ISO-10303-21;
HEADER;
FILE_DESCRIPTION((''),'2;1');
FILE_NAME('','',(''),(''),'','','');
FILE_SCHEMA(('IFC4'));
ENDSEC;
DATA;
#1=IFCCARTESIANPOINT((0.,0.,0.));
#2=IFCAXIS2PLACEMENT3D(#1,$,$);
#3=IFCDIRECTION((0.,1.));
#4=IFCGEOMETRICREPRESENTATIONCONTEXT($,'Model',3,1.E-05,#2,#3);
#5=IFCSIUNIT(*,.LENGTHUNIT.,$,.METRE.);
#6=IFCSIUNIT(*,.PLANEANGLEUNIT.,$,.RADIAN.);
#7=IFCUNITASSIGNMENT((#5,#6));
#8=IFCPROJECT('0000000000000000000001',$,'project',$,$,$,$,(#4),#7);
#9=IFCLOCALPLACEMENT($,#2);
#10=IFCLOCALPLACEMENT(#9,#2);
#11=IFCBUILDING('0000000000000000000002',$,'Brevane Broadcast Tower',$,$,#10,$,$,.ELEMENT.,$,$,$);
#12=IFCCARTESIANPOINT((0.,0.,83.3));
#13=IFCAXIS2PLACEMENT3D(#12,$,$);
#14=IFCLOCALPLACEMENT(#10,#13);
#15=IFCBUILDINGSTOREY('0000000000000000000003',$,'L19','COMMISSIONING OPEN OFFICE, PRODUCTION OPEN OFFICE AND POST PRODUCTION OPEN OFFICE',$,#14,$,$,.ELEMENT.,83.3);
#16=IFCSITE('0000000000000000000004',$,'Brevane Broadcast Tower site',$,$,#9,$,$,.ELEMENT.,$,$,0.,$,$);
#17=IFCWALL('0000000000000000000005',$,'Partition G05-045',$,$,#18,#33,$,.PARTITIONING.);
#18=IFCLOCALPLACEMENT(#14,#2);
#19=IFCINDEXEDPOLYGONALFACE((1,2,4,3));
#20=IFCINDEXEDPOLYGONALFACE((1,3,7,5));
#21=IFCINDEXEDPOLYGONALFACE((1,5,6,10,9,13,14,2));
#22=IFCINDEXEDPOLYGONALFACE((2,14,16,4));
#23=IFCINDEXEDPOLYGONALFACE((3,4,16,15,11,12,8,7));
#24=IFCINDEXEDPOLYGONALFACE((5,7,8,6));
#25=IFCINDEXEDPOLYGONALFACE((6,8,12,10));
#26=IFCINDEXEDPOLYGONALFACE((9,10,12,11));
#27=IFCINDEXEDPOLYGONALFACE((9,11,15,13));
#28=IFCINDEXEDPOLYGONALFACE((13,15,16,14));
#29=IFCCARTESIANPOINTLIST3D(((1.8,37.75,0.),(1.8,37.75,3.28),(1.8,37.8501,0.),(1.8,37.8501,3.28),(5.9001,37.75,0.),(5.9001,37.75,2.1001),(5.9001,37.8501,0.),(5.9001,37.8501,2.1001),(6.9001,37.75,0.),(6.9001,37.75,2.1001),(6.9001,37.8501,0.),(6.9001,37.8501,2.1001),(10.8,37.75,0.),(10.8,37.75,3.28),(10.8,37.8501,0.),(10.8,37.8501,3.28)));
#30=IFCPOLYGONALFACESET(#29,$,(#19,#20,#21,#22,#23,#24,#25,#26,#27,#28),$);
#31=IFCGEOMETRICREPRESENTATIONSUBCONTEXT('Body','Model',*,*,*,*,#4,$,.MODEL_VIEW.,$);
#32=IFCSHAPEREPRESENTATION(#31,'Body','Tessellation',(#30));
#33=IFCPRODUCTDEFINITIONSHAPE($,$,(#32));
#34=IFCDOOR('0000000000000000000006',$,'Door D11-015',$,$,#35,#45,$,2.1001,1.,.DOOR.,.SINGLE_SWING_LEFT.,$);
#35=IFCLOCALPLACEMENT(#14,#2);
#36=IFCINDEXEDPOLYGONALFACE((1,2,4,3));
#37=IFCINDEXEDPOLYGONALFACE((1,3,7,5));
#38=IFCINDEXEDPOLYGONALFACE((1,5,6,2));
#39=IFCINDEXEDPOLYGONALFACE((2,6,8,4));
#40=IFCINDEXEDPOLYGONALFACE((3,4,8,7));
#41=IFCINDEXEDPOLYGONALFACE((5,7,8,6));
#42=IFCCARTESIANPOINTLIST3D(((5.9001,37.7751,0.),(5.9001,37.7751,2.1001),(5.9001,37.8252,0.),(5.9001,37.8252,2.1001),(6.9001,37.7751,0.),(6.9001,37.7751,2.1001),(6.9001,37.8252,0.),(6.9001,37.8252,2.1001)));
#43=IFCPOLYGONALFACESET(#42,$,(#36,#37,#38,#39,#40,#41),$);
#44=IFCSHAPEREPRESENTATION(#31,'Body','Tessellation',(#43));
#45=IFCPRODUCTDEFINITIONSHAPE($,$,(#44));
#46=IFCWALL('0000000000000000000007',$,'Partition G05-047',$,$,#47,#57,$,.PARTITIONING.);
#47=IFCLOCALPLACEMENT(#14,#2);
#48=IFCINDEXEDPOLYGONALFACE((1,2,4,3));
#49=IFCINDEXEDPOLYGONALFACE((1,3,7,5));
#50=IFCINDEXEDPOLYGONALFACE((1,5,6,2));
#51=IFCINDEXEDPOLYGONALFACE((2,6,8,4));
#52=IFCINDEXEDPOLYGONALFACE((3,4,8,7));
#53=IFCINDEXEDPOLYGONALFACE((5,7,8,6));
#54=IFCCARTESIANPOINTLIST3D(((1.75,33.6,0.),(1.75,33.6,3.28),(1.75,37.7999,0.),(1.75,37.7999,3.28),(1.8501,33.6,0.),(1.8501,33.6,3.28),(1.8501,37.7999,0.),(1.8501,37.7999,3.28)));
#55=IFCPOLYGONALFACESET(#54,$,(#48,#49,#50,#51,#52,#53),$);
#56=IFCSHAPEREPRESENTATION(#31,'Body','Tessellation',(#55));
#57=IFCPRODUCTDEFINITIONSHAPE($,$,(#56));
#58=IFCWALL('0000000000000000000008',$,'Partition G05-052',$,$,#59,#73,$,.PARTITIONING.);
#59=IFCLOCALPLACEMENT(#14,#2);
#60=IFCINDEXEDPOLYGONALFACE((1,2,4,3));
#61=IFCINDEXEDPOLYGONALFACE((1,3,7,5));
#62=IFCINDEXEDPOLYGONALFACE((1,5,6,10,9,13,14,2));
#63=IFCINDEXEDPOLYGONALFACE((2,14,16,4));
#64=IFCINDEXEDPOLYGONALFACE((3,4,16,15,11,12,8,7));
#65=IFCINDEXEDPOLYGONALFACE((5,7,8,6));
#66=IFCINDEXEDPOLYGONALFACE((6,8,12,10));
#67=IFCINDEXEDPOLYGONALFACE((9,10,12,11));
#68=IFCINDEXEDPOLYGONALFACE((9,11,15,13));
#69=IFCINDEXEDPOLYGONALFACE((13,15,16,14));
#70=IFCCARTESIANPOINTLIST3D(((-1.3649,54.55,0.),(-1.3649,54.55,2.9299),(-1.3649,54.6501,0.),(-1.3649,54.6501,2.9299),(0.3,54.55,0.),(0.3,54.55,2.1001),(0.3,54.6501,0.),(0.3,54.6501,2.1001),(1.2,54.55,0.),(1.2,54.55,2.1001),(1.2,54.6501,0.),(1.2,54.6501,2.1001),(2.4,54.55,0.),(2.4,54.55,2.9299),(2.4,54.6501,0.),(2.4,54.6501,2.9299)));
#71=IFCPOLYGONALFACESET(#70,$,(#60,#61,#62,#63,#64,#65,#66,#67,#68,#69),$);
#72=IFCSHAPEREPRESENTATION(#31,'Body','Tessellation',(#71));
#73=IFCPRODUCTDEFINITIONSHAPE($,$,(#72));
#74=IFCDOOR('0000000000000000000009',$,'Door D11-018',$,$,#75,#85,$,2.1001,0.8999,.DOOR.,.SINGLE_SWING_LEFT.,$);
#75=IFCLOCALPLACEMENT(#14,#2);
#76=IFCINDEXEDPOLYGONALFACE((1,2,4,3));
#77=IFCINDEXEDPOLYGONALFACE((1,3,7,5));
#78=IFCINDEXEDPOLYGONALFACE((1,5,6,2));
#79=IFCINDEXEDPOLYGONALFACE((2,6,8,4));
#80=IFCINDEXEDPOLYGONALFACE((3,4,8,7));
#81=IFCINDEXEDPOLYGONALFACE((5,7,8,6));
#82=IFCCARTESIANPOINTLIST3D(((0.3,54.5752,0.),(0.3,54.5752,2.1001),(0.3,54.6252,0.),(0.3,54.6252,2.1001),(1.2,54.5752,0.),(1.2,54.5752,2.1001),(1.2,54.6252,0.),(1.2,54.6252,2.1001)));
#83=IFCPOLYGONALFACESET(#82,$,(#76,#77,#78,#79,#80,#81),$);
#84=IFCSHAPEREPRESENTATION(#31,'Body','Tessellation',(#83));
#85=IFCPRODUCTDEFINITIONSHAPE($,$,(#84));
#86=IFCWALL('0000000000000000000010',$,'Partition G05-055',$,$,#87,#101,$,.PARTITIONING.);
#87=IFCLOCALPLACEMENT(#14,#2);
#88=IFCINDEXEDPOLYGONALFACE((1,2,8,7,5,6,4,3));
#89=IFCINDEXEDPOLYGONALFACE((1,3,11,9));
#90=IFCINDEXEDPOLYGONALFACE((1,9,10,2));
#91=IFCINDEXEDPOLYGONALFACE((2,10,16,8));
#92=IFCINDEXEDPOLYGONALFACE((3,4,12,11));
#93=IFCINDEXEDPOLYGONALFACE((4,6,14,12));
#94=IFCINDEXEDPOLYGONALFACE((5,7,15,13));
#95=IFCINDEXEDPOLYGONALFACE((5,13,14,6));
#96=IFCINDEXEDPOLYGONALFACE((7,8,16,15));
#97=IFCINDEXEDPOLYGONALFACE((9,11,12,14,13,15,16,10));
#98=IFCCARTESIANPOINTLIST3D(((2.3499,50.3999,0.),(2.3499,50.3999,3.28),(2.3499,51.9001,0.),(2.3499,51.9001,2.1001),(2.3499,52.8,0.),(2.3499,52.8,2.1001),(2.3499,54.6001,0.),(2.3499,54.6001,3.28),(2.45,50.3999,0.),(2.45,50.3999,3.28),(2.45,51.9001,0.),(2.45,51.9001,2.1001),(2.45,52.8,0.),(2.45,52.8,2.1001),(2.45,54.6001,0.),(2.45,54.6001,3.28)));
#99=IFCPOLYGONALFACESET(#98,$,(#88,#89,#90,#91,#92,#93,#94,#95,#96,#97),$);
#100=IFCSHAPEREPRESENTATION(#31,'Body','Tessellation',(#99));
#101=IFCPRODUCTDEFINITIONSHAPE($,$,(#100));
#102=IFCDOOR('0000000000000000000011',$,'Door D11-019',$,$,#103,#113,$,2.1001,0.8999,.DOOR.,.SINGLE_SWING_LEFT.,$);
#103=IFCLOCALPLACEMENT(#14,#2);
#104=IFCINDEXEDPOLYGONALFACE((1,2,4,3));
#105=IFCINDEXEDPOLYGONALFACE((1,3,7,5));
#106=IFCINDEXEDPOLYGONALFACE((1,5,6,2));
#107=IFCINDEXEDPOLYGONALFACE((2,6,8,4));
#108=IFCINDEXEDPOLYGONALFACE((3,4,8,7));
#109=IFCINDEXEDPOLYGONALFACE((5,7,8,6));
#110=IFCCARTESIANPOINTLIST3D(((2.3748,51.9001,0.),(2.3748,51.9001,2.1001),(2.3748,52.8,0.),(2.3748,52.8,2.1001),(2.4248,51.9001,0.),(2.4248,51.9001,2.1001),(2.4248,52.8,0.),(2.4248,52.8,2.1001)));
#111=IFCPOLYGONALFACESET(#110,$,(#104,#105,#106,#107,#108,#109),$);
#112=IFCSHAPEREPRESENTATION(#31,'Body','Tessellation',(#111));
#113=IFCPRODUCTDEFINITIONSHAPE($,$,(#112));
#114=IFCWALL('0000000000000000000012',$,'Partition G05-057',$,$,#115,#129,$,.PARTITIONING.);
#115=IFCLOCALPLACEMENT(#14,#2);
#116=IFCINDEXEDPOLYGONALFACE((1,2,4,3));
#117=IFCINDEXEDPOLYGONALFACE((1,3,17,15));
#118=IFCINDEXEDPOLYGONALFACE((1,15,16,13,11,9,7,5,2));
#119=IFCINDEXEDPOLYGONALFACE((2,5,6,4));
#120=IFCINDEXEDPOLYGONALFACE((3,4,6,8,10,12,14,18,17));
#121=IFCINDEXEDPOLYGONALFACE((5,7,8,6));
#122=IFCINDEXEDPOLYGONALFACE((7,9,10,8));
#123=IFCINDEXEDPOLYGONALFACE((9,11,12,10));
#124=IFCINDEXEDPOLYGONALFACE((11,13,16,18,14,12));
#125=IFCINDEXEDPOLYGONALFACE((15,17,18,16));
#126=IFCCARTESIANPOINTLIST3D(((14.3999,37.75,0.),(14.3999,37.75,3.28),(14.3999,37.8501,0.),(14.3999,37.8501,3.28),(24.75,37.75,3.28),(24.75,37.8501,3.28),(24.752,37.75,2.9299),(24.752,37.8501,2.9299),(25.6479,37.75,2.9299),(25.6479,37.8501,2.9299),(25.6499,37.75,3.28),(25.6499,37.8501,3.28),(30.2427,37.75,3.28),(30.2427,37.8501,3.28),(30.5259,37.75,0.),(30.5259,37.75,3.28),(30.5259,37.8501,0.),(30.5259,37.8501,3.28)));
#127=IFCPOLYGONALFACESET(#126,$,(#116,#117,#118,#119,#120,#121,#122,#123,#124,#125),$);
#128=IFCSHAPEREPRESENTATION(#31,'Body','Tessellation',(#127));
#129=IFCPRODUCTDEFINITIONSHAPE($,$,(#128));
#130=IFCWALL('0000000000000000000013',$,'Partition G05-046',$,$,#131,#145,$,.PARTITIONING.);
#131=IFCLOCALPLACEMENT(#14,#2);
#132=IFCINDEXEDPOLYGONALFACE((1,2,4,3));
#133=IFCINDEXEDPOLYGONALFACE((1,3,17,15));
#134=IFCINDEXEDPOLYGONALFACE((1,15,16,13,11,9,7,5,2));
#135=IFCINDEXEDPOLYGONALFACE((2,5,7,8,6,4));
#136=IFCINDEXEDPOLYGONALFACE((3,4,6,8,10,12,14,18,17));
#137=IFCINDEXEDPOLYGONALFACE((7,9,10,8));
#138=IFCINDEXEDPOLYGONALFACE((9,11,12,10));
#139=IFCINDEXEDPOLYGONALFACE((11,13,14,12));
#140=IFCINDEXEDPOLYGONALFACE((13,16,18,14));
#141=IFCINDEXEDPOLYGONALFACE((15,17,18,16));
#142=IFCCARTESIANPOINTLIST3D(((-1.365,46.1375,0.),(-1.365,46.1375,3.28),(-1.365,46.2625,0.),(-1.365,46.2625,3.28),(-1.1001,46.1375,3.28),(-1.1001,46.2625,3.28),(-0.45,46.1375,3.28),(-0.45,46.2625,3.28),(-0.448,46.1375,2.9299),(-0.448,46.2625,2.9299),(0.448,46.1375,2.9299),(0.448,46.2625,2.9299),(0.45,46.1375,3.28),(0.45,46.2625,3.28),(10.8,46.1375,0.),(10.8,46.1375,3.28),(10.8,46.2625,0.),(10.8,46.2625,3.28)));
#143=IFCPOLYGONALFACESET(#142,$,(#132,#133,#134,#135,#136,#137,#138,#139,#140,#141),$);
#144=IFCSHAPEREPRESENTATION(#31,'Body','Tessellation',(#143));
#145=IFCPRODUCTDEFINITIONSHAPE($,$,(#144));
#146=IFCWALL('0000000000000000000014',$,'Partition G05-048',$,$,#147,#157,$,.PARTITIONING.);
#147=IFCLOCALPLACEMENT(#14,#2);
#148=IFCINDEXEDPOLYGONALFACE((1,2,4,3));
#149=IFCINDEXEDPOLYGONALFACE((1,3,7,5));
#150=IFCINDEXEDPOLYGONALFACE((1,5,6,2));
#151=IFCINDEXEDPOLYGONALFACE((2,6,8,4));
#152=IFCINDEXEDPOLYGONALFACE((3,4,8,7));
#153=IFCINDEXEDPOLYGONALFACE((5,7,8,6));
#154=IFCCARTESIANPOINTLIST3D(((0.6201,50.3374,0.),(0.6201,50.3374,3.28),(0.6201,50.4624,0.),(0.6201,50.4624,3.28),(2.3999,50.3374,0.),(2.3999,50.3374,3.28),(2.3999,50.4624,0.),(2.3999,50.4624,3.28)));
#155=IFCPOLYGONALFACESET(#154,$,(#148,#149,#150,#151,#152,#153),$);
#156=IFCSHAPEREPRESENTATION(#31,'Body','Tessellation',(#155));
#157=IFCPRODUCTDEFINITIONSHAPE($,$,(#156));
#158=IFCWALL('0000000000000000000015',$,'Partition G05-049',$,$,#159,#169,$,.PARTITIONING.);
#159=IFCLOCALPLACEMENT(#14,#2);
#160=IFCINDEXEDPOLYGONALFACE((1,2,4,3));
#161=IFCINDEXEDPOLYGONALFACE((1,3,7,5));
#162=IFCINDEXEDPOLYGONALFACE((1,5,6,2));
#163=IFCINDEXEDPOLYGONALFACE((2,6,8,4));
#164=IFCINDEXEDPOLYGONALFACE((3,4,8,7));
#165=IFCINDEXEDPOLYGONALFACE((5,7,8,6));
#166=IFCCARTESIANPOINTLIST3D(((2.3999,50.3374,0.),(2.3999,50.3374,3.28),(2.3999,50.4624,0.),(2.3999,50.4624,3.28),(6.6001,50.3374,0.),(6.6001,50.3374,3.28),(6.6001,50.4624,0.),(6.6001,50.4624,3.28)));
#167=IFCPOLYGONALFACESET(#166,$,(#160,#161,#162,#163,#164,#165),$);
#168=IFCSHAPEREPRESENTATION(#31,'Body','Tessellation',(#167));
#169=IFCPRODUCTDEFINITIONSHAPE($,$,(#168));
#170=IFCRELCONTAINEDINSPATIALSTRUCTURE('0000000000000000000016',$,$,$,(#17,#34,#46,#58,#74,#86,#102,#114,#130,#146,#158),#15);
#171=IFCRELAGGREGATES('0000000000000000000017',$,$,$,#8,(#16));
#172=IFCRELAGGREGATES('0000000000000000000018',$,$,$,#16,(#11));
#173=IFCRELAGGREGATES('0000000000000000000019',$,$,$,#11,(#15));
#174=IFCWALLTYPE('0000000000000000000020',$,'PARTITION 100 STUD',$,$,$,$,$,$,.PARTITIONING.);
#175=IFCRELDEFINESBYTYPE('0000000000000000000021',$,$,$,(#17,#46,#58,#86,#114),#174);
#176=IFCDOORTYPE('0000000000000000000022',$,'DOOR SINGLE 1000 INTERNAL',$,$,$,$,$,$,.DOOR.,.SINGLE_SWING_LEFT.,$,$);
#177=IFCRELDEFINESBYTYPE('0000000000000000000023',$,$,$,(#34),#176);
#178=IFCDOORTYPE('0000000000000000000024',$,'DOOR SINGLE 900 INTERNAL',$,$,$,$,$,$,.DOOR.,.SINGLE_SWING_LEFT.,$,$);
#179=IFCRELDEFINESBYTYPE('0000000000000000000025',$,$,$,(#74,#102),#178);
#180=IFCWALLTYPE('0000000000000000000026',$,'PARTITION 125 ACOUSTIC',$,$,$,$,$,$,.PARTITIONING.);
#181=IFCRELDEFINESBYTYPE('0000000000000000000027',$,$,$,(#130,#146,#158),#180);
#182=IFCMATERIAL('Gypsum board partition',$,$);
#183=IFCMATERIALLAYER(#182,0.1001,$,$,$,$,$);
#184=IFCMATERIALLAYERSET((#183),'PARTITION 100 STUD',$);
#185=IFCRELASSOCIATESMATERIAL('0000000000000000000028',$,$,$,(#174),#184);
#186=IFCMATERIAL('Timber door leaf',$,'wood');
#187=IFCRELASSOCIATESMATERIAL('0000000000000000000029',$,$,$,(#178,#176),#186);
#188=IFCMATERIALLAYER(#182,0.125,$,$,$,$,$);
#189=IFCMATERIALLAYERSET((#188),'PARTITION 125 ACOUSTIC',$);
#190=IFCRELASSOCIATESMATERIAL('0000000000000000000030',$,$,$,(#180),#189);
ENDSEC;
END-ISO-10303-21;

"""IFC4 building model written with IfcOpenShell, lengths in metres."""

from ifc_helpers import new_model, si_unit, direction, frame, frame_2d, origin, place, context, subcontext, project, spatial, polyline, rectangle, outline, extrude, material, layer, layer_set, type_object, element, fill, save


model = new_model("IFC4")

# Units and contexts
model_context = context("Model", 3, precision=1e-05, world=origin(), true_north=direction((0.0, 1.0)))
body_context = subcontext(model_context, "Body", "Model", "MODEL_VIEW")
ifc_project = project(units=[si_unit("LENGTHUNIT", "METRE"), si_unit("PLANEANGLEUNIT", "RADIAN")], contexts=[model_context])

# Site, building, storey
site_placement = place(None, origin())
site = spatial("IfcSite", under=ifc_project, at=site_placement, Name="Brevane Broadcast Tower site", CompositionType="ELEMENT", RefElevation=0.0)
building_placement = place(site_placement, origin())
building = spatial("IfcBuilding", under=site, at=building_placement, Name="Brevane Broadcast Tower", CompositionType="ELEMENT")
storey_placement = place(building_placement, frame((0.0, 0.0, 83.3)))
storey = spatial("IfcBuildingStorey", under=building, at=storey_placement, Name="L19", Description="COMMISSIONING OPEN OFFICE, PRODUCTION OPEN OFFICE AND POST PRODUCTION OPEN OFFICE", CompositionType="ELEMENT", Elevation=83.3)

# Wall, opening, door
ifc_material_1 = material(Name="Gypsum board partition")
ifc_layer_1 = layer(ifc_material_1, 0.1001)
ifc_layer_set_1 = layer_set([ifc_layer_1], Name="PARTITION 100 STUD")
wall_type_1 = type_object("IfcWallType", Name="PARTITION 100 STUD", PredefinedType="PARTITIONING", material=ifc_layer_set_1)
ifc_material_2 = material(Name="Timber door leaf", Category="wood")
door_type_1 = type_object("IfcDoorType", Name="DOOR SINGLE 900 INTERNAL", OperationType="SINGLE_SWING_LEFT", PredefinedType="DOOR", material=ifc_material_2)
wall_1_placement = place(storey_placement, frame((10.8, 37.8, 0.0), z_axis=(0.0, 0.0, 1.0), x_axis=(-1.0, 0.0, 0.0)))
wall_1 = element("IfcWall", 1, at=wall_1_placement, inside=storey, type_object=wall_type_1, Name="Partition G05-045", PredefinedType="PARTITIONING", context=body_context, shape_type="SweptSolid", body=[
    extrude(rectangle(XDim=9.0, YDim=0.1001, at=frame_2d((4.5, 0.0))), origin(), (0.0, 0.0, 1.0), 3.28),
])
opening_1_placement = place(wall_1_placement, frame((3.8999, 0.0, 0.0)))
opening_1 = element("IfcOpeningElement", 2, at=opening_1_placement, cuts=wall_1, PredefinedType="OPENING", context=body_context, shape_type="SweptSolid", body=[
    extrude(rectangle(XDim=1.0, YDim=2.1001, at=frame_2d((0.5, 1.05))), frame((0.0, 0.0601, 0.0), z_axis=(0.0, -1.0, 0.0), x_axis=(1.0, 0.0, 0.0)), (0.0, 0.0, 1.0), 0.1201),
])
door_type_2 = type_object("IfcDoorType", Name="DOOR SINGLE 1000 INTERNAL", OperationType="SINGLE_SWING_LEFT", PredefinedType="DOOR", material=ifc_material_2)
door_1_placement = place(opening_1_placement, origin())
door_1 = element("IfcDoor", 3, at=door_1_placement, inside=storey, type_object=door_type_2, Name="Door D11-015", OperationType="SINGLE_SWING_LEFT", OverallHeight=2.1001, OverallWidth=1.0, PredefinedType="DOOR", context=body_context, shape_type="SweptSolid", body=[
    extrude(rectangle(XDim=1.0, YDim=2.1001, at=frame_2d((0.5, 1.05))), frame((0.0, 0.0249, 0.0), z_axis=(0.0, -1.0, 0.0), x_axis=(1.0, 0.0, 0.0)), (0.0, 0.0, 1.0), 0.05),
])
fill(opening_1, door_1)

# Wall
wall_2_placement = place(storey_placement, frame((1.8, 37.8, 0.0), z_axis=(0.0, 0.0, 1.0), x_axis=(0.0, -1.0, 0.0)))
element("IfcWall", 4, at=wall_2_placement, inside=storey, type_object=wall_type_1, Name="Partition G05-047", PredefinedType="PARTITIONING", context=body_context, shape_type="SweptSolid", body=[
    extrude(rectangle(XDim=4.2, YDim=0.1001, at=frame_2d((2.1001, 0.0))), origin(), (0.0, 0.0, 1.0), 3.28),
])

# Walls, openings, doors
wall_3_placement = place(storey_placement, frame((2.3999, 54.6001, 0.0), z_axis=(0.0, 0.0, 1.0), x_axis=(-1.0, 0.0, 0.0)))
wall_3 = element("IfcWall", 5, at=wall_3_placement, inside=storey, type_object=wall_type_1, Name="Partition G05-052", PredefinedType="PARTITIONING", context=body_context, shape_type="SweptSolid", body=[
    extrude(rectangle(XDim=3.7649, YDim=0.1001, at=frame_2d((1.8823, 0.0))), origin(), (0.0, 0.0, 1.0), 2.9299),
])
opening_2_placement = place(wall_3_placement, frame((1.2, 0.0, 0.0)))
opening_2 = element("IfcOpeningElement", 6, at=opening_2_placement, cuts=wall_3, PredefinedType="OPENING", context=body_context, shape_type="SweptSolid", body=[
    extrude(rectangle(XDim=0.8999, YDim=2.1001, at=frame_2d((0.45, 1.05))), frame((0.0, 0.0601, 0.0), z_axis=(0.0, -1.0, 0.0), x_axis=(1.0, 0.0, 0.0)), (0.0, 0.0, 1.0), 0.1201),
])
door_2_placement = place(opening_2_placement, origin())
door_2 = element("IfcDoor", 7, at=door_2_placement, inside=storey, type_object=door_type_1, Name="Door D11-018", OperationType="SINGLE_SWING_LEFT", OverallHeight=2.1001, OverallWidth=0.8999, PredefinedType="DOOR", context=body_context, shape_type="SweptSolid", body=[
    extrude(rectangle(XDim=0.8999, YDim=2.1001, at=frame_2d((0.45, 1.05))), frame((0.0, 0.0249, 0.0), z_axis=(0.0, -1.0, 0.0), x_axis=(1.0, 0.0, 0.0)), (0.0, 0.0, 1.0), 0.05),
])
fill(opening_2, door_2)
wall_4_placement = place(storey_placement, frame((2.3999, 54.6001, 0.0), z_axis=(0.0, 0.0, 1.0), x_axis=(0.0, -1.0, 0.0)))
wall_4 = element("IfcWall", 8, at=wall_4_placement, inside=storey, type_object=wall_type_1, Name="Partition G05-055", PredefinedType="PARTITIONING", context=body_context, shape_type="SweptSolid", body=[
    extrude(rectangle(XDim=4.2002, YDim=0.1001, at=frame_2d((2.1001, 0.0))), origin(), (0.0, 0.0, 1.0), 3.28),
])
opening_3_placement = place(wall_4_placement, frame((1.8, 0.0, 0.0)))
opening_3 = element("IfcOpeningElement", 9, at=opening_3_placement, cuts=wall_4, PredefinedType="OPENING", context=body_context, shape_type="SweptSolid", body=[
    extrude(rectangle(XDim=0.8999, YDim=2.1001, at=frame_2d((0.45, 1.05))), frame((0.0, 0.0601, 0.0), z_axis=(0.0, -1.0, 0.0), x_axis=(1.0, 0.0, 0.0)), (0.0, 0.0, 1.0), 0.1201),
])
door_3_placement = place(opening_3_placement, origin())
door_3 = element("IfcDoor", 10, at=door_3_placement, inside=storey, type_object=door_type_1, Name="Door D11-019", OperationType="SINGLE_SWING_LEFT", OverallHeight=2.1001, OverallWidth=0.8999, PredefinedType="DOOR", context=body_context, shape_type="SweptSolid", body=[
    extrude(rectangle(XDim=0.8999, YDim=2.1001, at=frame_2d((0.45, 1.05))), frame((0.0, 0.0249, 0.0), z_axis=(0.0, -1.0, 0.0), x_axis=(1.0, 0.0, 0.0)), (0.0, 0.0, 1.0), 0.05),
])
fill(opening_3, door_3)

# Walls
wall_5_placement = place(storey_placement, frame((14.3999, 37.8, 0.0), z_axis=(0.0, 0.0, 1.0), x_axis=(1.0, 0.0, 0.0)))
element("IfcWall", 11, at=wall_5_placement, inside=storey, type_object=wall_type_1, Name="Partition G05-057", PredefinedType="PARTITIONING", context=body_context, shape_type="SweptSolid", body=[
    extrude(outline(polyline([(0.0, 0.0), (16.126, 0.0), (16.126, 3.28), (15.8428, 3.28), (11.25, 3.28), (11.248, 2.9299), (10.3521, 2.9299), (10.3501, 3.28), (0.0, 3.28), (0.0, 0.0)])), frame((0.0, 0.05, 0.0), z_axis=(0.0, -1.0, 0.0), x_axis=(1.0, 0.0, 0.0)), (0.0, 0.0, 1.0), 0.1001),
])
ifc_layer_2 = layer(ifc_material_1, 0.125)
ifc_layer_set_2 = layer_set([ifc_layer_2], Name="PARTITION 125 ACOUSTIC")
wall_type_2 = type_object("IfcWallType", Name="PARTITION 125 ACOUSTIC", PredefinedType="PARTITIONING", material=ifc_layer_set_2)
wall_6_placement = place(storey_placement, frame((-1.365, 46.2, 0.0), z_axis=(0.0, 0.0, 1.0), x_axis=(1.0, 0.0, 0.0)))
element("IfcWall", 12, at=wall_6_placement, inside=storey, type_object=wall_type_2, Name="Partition G05-046", PredefinedType="PARTITIONING", context=body_context, shape_type="SweptSolid", body=[
    extrude(outline(polyline([(0.0, 0.0), (12.165, 0.0), (12.165, 3.28), (1.8149, 3.28), (1.813, 2.9299), (0.917, 2.9299), (0.915, 3.28), (0.2649, 3.28), (0.0, 3.28), (0.0, 0.0)])), frame((0.0, 0.0625, 0.0), z_axis=(0.0, -1.0, 0.0), x_axis=(1.0, 0.0, 0.0)), (0.0, 0.0, 1.0), 0.125),
])
wall_7_placement = place(storey_placement, frame((0.6201, 50.3999, 0.0), z_axis=(0.0, 0.0, 1.0), x_axis=(1.0, 0.0, 0.0)))
element("IfcWall", 13, at=wall_7_placement, inside=storey, type_object=wall_type_2, Name="Partition G05-048", PredefinedType="PARTITIONING", context=body_context, shape_type="SweptSolid", body=[
    extrude(rectangle(XDim=1.7798, YDim=0.125, at=frame_2d((0.8899, 0.0))), origin(), (0.0, 0.0, 1.0), 3.28),
])
wall_8_placement = place(storey_placement, frame((2.3999, 50.3999, 0.0), z_axis=(0.0, 0.0, 1.0), x_axis=(1.0, 0.0, 0.0)))
element("IfcWall", 14, at=wall_8_placement, inside=storey, type_object=wall_type_2, Name="Partition G05-049", PredefinedType="PARTITIONING", context=body_context, shape_type="SweptSolid", body=[
    extrude(rectangle(XDim=4.2002, YDim=0.125, at=frame_2d((2.1001, 0.0))), origin(), (0.0, 0.0, 1.0), 3.28),
])

save(model, "model.ifc")
